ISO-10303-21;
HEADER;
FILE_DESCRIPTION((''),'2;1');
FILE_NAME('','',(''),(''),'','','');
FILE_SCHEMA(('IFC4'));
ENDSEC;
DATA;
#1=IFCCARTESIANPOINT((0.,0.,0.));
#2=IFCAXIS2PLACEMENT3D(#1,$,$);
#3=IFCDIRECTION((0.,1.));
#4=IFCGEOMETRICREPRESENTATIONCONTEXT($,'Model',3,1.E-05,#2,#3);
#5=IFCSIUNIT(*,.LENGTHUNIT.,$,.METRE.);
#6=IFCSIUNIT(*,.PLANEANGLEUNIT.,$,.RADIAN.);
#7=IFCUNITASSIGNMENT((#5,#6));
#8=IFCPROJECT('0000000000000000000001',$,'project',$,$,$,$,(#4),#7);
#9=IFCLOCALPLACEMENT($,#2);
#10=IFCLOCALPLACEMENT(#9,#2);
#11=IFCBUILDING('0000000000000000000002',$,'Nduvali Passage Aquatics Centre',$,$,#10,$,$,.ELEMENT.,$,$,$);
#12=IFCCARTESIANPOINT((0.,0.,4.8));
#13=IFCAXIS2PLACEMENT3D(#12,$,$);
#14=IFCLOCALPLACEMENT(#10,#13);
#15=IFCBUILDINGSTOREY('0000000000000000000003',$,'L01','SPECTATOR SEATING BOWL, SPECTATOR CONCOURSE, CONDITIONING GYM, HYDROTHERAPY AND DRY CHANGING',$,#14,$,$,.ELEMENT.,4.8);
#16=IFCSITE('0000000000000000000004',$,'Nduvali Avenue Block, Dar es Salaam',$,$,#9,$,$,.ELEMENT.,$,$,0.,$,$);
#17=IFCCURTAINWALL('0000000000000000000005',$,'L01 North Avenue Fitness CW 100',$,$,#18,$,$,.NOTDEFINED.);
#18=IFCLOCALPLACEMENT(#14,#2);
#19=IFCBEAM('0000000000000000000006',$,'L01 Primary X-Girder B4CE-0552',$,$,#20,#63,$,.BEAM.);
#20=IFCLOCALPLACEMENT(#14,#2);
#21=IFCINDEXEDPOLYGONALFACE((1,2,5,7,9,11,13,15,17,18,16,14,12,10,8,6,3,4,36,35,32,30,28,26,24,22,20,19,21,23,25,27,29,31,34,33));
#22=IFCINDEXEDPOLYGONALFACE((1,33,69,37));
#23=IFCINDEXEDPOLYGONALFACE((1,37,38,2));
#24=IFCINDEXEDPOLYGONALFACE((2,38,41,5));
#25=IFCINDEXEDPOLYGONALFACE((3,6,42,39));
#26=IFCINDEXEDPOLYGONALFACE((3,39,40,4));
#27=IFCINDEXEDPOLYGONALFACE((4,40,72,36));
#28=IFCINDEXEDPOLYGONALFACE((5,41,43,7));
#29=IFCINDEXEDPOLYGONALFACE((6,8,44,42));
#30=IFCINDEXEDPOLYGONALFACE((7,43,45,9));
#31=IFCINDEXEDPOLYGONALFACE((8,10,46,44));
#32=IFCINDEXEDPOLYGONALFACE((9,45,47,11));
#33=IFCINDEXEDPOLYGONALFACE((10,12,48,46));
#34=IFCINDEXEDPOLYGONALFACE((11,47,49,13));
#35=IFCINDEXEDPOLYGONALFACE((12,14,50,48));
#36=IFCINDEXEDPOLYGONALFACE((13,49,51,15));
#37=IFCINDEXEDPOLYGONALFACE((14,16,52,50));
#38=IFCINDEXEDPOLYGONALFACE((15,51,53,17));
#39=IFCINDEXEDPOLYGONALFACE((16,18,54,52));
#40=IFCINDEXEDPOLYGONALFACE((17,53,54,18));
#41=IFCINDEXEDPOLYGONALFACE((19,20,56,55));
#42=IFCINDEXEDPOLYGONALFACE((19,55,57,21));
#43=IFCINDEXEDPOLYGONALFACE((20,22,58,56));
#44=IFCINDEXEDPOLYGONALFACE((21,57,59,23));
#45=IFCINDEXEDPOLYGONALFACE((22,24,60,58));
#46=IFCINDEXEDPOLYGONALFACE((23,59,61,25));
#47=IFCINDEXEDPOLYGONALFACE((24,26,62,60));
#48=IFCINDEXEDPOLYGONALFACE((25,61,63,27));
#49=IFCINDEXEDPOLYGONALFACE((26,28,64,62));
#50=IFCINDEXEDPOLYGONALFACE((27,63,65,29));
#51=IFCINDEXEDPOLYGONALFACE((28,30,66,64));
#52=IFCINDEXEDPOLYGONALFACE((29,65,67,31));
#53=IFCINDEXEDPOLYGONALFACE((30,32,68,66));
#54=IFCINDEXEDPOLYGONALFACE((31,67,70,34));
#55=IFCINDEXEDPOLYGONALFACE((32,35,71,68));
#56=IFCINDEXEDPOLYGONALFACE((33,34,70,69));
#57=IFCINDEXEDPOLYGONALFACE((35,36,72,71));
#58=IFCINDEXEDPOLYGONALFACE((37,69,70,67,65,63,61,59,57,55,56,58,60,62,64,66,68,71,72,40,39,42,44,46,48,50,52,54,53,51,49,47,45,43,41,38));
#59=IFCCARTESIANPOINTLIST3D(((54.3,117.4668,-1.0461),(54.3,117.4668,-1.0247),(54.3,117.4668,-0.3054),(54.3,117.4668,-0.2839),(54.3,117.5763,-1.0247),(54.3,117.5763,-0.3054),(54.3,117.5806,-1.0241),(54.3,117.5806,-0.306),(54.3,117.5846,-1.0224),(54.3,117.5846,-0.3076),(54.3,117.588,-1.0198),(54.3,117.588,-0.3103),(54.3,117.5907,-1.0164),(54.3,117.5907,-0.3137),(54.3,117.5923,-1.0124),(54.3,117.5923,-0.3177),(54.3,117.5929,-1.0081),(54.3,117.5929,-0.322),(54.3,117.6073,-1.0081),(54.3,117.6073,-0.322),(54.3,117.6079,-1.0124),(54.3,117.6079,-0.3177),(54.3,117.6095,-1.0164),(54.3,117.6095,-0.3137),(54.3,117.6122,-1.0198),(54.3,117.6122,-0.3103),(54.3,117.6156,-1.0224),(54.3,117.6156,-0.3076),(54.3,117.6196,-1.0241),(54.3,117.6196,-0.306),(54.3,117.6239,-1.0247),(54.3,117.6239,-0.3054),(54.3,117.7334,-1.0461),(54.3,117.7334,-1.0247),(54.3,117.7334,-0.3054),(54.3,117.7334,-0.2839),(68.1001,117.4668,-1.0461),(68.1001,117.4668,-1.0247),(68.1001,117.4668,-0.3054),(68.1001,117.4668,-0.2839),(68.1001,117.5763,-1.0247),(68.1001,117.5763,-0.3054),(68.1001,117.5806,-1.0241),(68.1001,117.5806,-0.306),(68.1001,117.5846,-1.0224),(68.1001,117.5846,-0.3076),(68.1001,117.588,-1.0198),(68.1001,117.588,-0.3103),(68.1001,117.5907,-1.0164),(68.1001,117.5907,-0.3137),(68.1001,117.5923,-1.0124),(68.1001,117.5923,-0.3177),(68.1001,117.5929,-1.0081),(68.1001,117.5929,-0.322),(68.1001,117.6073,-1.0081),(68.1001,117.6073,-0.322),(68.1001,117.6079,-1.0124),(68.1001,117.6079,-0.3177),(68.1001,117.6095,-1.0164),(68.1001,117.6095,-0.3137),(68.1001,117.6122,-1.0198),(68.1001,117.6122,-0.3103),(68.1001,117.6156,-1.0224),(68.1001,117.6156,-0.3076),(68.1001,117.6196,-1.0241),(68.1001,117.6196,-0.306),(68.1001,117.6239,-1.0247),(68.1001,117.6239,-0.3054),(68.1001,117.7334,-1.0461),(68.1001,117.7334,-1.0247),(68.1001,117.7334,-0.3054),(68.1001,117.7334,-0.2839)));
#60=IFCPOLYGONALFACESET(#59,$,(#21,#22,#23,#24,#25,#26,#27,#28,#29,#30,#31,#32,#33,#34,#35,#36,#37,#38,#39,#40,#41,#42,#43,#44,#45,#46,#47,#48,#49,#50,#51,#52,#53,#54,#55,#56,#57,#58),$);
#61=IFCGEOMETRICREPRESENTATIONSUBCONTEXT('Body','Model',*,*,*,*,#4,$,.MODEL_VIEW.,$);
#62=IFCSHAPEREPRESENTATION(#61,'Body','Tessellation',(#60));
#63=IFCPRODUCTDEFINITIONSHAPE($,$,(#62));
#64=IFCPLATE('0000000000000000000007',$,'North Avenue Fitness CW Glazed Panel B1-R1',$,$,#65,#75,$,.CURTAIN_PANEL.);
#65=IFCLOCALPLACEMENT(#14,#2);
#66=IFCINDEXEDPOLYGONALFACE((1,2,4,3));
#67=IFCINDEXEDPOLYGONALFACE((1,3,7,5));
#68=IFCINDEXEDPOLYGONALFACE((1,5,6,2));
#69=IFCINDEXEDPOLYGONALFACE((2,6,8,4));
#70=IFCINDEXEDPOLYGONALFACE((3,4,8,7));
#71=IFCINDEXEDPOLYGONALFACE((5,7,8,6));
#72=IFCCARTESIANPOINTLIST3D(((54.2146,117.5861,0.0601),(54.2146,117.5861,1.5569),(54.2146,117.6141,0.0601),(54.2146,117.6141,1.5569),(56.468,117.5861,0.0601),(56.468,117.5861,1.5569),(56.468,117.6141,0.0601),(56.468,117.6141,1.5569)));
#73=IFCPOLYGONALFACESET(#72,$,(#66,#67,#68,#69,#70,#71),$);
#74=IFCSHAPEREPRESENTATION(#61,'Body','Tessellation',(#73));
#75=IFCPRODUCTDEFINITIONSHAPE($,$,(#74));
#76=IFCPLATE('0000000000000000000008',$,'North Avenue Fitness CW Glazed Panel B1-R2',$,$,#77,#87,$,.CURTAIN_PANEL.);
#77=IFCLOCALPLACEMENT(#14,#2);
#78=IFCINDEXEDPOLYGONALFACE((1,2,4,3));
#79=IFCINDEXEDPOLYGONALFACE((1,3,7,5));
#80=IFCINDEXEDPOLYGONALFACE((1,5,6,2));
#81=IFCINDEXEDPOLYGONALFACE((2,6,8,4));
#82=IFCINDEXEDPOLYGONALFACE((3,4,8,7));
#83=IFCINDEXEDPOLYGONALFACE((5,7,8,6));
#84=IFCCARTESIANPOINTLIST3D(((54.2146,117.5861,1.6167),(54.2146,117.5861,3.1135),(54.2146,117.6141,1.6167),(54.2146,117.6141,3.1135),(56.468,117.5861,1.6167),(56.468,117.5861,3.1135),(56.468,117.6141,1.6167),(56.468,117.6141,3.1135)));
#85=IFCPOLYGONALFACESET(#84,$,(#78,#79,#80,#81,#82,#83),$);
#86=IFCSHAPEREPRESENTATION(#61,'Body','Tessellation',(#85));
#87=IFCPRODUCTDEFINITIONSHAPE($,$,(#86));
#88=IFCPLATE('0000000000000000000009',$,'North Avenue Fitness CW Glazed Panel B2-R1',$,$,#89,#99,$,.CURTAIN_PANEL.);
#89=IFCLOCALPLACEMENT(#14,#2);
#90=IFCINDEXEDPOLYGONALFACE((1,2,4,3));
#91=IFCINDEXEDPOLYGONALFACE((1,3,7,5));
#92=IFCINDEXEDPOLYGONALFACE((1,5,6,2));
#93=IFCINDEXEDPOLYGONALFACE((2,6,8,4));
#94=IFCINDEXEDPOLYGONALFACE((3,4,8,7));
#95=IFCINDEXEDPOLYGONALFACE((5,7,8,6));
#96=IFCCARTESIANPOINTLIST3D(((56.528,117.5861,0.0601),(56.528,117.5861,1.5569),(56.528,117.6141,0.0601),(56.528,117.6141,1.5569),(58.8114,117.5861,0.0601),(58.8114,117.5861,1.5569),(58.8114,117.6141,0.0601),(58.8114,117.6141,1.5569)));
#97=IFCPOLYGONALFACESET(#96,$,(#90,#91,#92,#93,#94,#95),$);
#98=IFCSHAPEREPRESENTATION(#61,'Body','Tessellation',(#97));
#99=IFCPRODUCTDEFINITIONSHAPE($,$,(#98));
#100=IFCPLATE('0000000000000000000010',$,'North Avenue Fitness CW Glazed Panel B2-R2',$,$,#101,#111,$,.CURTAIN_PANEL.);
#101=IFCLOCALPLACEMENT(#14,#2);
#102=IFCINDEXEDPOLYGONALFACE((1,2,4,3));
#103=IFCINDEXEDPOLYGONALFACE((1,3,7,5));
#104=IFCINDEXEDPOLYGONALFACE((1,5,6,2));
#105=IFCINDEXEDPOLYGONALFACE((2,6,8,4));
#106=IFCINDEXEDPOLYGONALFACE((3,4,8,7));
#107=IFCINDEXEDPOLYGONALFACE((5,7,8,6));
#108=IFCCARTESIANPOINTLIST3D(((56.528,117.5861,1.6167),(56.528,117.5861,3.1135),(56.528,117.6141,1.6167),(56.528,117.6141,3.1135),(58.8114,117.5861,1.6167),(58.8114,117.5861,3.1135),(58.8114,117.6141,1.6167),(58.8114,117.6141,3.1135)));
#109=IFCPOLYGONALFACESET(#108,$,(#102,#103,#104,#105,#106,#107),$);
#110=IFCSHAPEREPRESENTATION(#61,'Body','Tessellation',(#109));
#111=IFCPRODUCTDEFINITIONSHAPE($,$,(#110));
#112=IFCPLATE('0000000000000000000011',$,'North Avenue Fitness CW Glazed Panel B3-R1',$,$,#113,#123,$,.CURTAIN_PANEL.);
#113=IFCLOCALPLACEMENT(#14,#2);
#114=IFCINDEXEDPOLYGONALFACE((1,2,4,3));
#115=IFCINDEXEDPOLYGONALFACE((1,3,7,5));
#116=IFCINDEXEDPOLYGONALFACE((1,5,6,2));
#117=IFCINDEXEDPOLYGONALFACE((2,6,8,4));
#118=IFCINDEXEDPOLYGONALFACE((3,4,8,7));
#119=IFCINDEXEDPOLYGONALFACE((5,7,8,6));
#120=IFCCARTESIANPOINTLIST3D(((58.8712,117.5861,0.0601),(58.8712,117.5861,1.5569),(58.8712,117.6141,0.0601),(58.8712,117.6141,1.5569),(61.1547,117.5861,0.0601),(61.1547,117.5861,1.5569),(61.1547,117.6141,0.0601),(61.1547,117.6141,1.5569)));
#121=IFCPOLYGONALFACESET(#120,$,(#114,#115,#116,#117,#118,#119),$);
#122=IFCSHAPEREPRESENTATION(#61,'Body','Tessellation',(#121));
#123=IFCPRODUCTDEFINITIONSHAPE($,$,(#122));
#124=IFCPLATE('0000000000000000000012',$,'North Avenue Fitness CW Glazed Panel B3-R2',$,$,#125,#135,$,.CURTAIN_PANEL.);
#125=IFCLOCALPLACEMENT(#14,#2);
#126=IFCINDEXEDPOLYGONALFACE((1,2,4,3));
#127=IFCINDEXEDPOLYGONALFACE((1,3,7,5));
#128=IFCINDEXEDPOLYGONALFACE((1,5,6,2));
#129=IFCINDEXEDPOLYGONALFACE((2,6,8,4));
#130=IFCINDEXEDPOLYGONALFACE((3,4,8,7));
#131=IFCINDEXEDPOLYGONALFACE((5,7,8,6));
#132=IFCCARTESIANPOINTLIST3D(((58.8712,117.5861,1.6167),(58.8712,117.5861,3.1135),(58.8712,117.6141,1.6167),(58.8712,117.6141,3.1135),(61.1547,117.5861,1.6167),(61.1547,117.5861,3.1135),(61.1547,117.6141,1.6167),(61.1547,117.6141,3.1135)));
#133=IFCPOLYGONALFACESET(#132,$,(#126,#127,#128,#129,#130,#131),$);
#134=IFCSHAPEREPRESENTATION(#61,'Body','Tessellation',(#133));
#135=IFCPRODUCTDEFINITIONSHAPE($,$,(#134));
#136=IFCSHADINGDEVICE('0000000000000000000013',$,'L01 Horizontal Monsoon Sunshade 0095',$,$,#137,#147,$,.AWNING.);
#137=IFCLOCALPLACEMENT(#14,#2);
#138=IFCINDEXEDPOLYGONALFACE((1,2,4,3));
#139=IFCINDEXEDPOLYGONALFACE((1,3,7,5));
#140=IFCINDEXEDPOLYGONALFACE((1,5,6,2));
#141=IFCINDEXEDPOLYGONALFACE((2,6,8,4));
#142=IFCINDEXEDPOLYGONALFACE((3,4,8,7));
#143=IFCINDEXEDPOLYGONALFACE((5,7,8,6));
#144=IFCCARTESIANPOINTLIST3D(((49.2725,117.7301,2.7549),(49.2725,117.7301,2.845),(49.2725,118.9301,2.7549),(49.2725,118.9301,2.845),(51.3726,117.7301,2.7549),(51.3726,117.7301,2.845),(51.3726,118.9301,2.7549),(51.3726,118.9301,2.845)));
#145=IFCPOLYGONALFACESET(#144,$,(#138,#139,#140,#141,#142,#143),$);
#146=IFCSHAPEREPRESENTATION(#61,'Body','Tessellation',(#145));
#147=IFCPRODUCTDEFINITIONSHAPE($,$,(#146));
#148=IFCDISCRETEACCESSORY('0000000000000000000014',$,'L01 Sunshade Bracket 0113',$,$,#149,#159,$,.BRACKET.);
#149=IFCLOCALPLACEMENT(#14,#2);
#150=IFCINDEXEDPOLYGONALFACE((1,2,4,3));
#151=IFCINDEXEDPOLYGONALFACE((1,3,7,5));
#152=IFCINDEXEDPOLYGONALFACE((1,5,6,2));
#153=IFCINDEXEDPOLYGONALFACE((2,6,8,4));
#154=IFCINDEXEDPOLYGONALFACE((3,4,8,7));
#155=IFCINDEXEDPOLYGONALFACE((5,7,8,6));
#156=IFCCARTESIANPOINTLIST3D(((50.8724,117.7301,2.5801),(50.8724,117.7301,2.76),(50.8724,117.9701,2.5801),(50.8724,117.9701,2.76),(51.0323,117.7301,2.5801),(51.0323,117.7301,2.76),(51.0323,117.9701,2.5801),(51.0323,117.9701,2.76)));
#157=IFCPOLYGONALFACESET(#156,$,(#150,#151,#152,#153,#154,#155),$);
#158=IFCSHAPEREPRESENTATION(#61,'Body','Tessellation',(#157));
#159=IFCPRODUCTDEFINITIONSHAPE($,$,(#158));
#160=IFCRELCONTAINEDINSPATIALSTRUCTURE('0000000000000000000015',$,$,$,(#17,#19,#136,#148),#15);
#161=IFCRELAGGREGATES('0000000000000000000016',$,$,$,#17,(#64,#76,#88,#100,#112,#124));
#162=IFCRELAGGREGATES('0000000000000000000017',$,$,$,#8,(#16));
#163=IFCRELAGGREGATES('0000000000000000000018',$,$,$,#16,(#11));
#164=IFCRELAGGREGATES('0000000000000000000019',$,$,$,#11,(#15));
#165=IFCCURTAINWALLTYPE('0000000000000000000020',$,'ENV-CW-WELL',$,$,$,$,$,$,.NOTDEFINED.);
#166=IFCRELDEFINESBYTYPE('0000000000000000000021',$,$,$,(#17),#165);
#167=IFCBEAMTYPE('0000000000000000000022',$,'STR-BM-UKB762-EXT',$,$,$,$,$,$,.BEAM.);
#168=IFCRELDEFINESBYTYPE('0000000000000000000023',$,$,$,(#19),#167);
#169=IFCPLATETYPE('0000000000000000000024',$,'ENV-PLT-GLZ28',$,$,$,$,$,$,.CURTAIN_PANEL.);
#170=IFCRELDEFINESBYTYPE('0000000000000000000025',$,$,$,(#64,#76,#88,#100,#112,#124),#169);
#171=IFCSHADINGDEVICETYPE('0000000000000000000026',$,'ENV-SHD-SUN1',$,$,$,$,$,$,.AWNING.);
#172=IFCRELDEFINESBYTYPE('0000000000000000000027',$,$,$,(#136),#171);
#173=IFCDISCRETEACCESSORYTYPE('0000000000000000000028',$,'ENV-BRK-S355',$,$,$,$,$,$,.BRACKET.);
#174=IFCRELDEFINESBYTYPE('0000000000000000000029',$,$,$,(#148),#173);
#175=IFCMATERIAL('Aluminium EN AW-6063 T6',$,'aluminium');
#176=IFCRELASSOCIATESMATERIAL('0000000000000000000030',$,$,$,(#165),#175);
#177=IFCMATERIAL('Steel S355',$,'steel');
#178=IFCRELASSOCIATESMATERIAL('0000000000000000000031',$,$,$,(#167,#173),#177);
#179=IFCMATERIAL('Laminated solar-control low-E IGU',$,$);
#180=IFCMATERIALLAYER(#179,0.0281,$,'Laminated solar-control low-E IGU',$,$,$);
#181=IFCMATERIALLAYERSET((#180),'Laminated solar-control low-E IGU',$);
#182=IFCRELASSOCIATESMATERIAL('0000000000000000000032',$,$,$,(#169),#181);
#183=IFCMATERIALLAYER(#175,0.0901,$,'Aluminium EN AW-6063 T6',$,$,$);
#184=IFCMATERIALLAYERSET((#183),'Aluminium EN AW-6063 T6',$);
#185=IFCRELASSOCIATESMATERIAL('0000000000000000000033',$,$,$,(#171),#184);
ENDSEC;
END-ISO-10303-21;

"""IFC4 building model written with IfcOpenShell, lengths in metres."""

from ifc_helpers import new_model, si_unit, direction, frame, origin, origin_2d, place, context, subcontext, project, spatial, rectangle, i_section, extrude, material, layer, layer_set, material_profile, profile_set, type_object, element, aggregate, save


model = new_model("IFC4")

# Units and contexts
model_context = context("Model", 3, precision=1e-05, world=origin(), true_north=direction((0.0, 1.0)))
body_context = subcontext(model_context, "Body", "Model", "MODEL_VIEW")
ifc_project = project(units=[si_unit("LENGTHUNIT", "METRE"), si_unit("PLANEANGLEUNIT", "RADIAN")], contexts=[model_context])

# Site, building, storey
site_placement = place(None, origin())
site = spatial("IfcSite", under=ifc_project, at=site_placement, Name="Nduvali Avenue Block, Dar es Salaam", CompositionType="ELEMENT", RefElevation=0.0)
building_placement = place(site_placement, origin())
building = spatial("IfcBuilding", under=site, at=building_placement, Name="Nduvali Passage Aquatics Centre", CompositionType="ELEMENT")
storey_placement = place(building_placement, frame((0.0, 0.0, 4.8)))
storey = spatial("IfcBuildingStorey", under=building, at=storey_placement, Name="L01", Description="SPECTATOR SEATING BOWL, SPECTATOR CONCOURSE, CONDITIONING GYM, HYDROTHERAPY AND DRY CHANGING", CompositionType="ELEMENT", Elevation=4.8)

# Curtain wall
ifc_material_1 = material(Name="Aluminium EN AW-6063 T6", Category="aluminium")
curtain_wall_type = type_object("IfcCurtainWallType", Name="ENV-CW-WELL", PredefinedType="NOTDEFINED", material=ifc_material_1)
curtain_wall_placement = place(storey_placement, origin())
curtain_wall = element("IfcCurtainWall", 1, at=curtain_wall_placement, inside=storey, type_object=curtain_wall_type, Name="L01 North Avenue Fitness CW 100", PredefinedType="NOTDEFINED")

# Beam
ifc_material_2 = material(Name="Steel S355", Category="steel")
ifc_material_profile_1 = material_profile(ifc_material_2, i_section(OverallWidth=0.2666, OverallDepth=0.7622, WebThickness=0.0144, FlangeThickness=0.0215, FilletRadius=0.0166, at=origin_2d()), Name="UKB 762x267x173")
ifc_profile_set_1 = profile_set([ifc_material_profile_1], Name="Steel S355")
beam_type = type_object("IfcBeamType", Name="STR-BM-UKB762-EXT", PredefinedType="BEAM", material=ifc_profile_set_1)
beam_placement = place(storey_placement, frame((54.3, 117.6001, -0.665), z_axis=(1.0, 0.0, 0.0), x_axis=(0.0, 1.0, 0.0)))
element("IfcBeam", 2, at=beam_placement, inside=storey, type_object=beam_type, Name="L01 Primary X-Girder B4CE-0552", PredefinedType="BEAM", context=body_context, shape_type="SweptSolid", body=[
    extrude(i_section(OverallWidth=0.2666, OverallDepth=0.7622, WebThickness=0.0144, FlangeThickness=0.0215, FilletRadius=0.0166, at=origin_2d()), origin(), (0.0, 0.0, 1.0), 13.8),
])

# Plates
ifc_material_3 = material(Name="Laminated solar-control low-E IGU")
ifc_layer_1 = layer(ifc_material_3, 0.0281, Name="Laminated solar-control low-E IGU")
ifc_layer_set_1 = layer_set([ifc_layer_1], Name="Laminated solar-control low-E IGU")
plate_type = type_object("IfcPlateType", Name="ENV-PLT-GLZ28", PredefinedType="CURTAIN_PANEL", material=ifc_layer_set_1)
plate_1_placement = place(storey_placement, frame((55.3413, 117.6001, 0.0601), z_axis=(0.0, 0.0, 1.0), x_axis=(1.0, 0.0, 0.0)))
plate_1 = element("IfcPlate", 3, at=plate_1_placement, type_object=plate_type, Name="North Avenue Fitness CW Glazed Panel B1-R1", PredefinedType="CURTAIN_PANEL", context=body_context, shape_type="SweptSolid", body=[
    extrude(rectangle(XDim=2.2534, YDim=0.0281, at=origin_2d()), origin(), (0.0, 0.0, 1.0), 1.4968),
])
plate_2_placement = place(storey_placement, frame((55.3413, 117.6001, 1.6167), z_axis=(0.0, 0.0, 1.0), x_axis=(1.0, 0.0, 0.0)))
plate_2 = element("IfcPlate", 4, at=plate_2_placement, type_object=plate_type, Name="North Avenue Fitness CW Glazed Panel B1-R2", PredefinedType="CURTAIN_PANEL", context=body_context, shape_type="SweptSolid", body=[
    extrude(rectangle(XDim=2.2534, YDim=0.0281, at=origin_2d()), origin(), (0.0, 0.0, 1.0), 1.4968),
])
plate_3_placement = place(storey_placement, frame((57.6697, 117.6001, 0.0601), z_axis=(0.0, 0.0, 1.0), x_axis=(1.0, 0.0, 0.0)))
plate_3 = element("IfcPlate", 5, at=plate_3_placement, type_object=plate_type, Name="North Avenue Fitness CW Glazed Panel B2-R1", PredefinedType="CURTAIN_PANEL", context=body_context, shape_type="SweptSolid", body=[
    extrude(rectangle(XDim=2.2834, YDim=0.0281, at=origin_2d()), origin(), (0.0, 0.0, 1.0), 1.4968),
])
plate_4_placement = place(storey_placement, frame((57.6697, 117.6001, 1.6167), z_axis=(0.0, 0.0, 1.0), x_axis=(1.0, 0.0, 0.0)))
plate_4 = element("IfcPlate", 6, at=plate_4_placement, type_object=plate_type, Name="North Avenue Fitness CW Glazed Panel B2-R2", PredefinedType="CURTAIN_PANEL", context=body_context, shape_type="SweptSolid", body=[
    extrude(rectangle(XDim=2.2834, YDim=0.0281, at=origin_2d()), origin(), (0.0, 0.0, 1.0), 1.4968),
])
plate_5_placement = place(storey_placement, frame((60.0129, 117.6001, 0.0601), z_axis=(0.0, 0.0, 1.0), x_axis=(1.0, 0.0, 0.0)))
plate_5 = element("IfcPlate", 7, at=plate_5_placement, type_object=plate_type, Name="North Avenue Fitness CW Glazed Panel B3-R1", PredefinedType="CURTAIN_PANEL", context=body_context, shape_type="SweptSolid", body=[
    extrude(rectangle(XDim=2.2834, YDim=0.0281, at=origin_2d()), origin(), (0.0, 0.0, 1.0), 1.4968),
])
plate_6_placement = place(storey_placement, frame((60.0129, 117.6001, 1.6167), z_axis=(0.0, 0.0, 1.0), x_axis=(1.0, 0.0, 0.0)))
plate_6 = element("IfcPlate", 8, at=plate_6_placement, type_object=plate_type, Name="North Avenue Fitness CW Glazed Panel B3-R2", PredefinedType="CURTAIN_PANEL", context=body_context, shape_type="SweptSolid", body=[
    extrude(rectangle(XDim=2.2834, YDim=0.0281, at=origin_2d()), origin(), (0.0, 0.0, 1.0), 1.4968),
])
aggregate(curtain_wall, [plate_1, plate_2, plate_3, plate_4, plate_5, plate_6])

# Shading device
ifc_layer_2 = layer(ifc_material_1, 0.0901, Name="Aluminium EN AW-6063 T6")
ifc_layer_set_2 = layer_set([ifc_layer_2], Name="Aluminium EN AW-6063 T6")
shading_device_type = type_object("IfcShadingDeviceType", Name="ENV-SHD-SUN1", PredefinedType="AWNING", material=ifc_layer_set_2)
shading_device_placement = place(storey_placement, frame((50.3225, 118.3301, 2.7549), z_axis=(0.0, 0.0, 1.0), x_axis=(-1.0, 0.0, 0.0)))
element("IfcShadingDevice", 9, at=shading_device_placement, inside=storey, type_object=shading_device_type, Name="L01 Horizontal Monsoon Sunshade 0095", PredefinedType="AWNING", context=body_context, shape_type="SweptSolid", body=[
    extrude(rectangle(XDim=2.1001, YDim=1.2, at=origin_2d()), origin(), (0.0, 0.0, 1.0), 0.0901),
])

# Discrete accessory
discrete_accessory_type = type_object("IfcDiscreteAccessoryType", Name="ENV-BRK-S355", PredefinedType="BRACKET", material=ifc_material_2)
discrete_accessory_placement = place(storey_placement, frame((50.9524, 117.8501, 2.5801), z_axis=(0.0, 0.0, 1.0), x_axis=(-1.0, 0.0, 0.0)))
element("IfcDiscreteAccessory", 10, at=discrete_accessory_placement, inside=storey, type_object=discrete_accessory_type, Name="L01 Sunshade Bracket 0113", PredefinedType="BRACKET", context=body_context, shape_type="SweptSolid", body=[
    extrude(rectangle(XDim=0.1599, YDim=0.24, at=origin_2d()), origin(), (0.0, 0.0, 1.0), 0.1799),
])

save(model, "model.ifc")
